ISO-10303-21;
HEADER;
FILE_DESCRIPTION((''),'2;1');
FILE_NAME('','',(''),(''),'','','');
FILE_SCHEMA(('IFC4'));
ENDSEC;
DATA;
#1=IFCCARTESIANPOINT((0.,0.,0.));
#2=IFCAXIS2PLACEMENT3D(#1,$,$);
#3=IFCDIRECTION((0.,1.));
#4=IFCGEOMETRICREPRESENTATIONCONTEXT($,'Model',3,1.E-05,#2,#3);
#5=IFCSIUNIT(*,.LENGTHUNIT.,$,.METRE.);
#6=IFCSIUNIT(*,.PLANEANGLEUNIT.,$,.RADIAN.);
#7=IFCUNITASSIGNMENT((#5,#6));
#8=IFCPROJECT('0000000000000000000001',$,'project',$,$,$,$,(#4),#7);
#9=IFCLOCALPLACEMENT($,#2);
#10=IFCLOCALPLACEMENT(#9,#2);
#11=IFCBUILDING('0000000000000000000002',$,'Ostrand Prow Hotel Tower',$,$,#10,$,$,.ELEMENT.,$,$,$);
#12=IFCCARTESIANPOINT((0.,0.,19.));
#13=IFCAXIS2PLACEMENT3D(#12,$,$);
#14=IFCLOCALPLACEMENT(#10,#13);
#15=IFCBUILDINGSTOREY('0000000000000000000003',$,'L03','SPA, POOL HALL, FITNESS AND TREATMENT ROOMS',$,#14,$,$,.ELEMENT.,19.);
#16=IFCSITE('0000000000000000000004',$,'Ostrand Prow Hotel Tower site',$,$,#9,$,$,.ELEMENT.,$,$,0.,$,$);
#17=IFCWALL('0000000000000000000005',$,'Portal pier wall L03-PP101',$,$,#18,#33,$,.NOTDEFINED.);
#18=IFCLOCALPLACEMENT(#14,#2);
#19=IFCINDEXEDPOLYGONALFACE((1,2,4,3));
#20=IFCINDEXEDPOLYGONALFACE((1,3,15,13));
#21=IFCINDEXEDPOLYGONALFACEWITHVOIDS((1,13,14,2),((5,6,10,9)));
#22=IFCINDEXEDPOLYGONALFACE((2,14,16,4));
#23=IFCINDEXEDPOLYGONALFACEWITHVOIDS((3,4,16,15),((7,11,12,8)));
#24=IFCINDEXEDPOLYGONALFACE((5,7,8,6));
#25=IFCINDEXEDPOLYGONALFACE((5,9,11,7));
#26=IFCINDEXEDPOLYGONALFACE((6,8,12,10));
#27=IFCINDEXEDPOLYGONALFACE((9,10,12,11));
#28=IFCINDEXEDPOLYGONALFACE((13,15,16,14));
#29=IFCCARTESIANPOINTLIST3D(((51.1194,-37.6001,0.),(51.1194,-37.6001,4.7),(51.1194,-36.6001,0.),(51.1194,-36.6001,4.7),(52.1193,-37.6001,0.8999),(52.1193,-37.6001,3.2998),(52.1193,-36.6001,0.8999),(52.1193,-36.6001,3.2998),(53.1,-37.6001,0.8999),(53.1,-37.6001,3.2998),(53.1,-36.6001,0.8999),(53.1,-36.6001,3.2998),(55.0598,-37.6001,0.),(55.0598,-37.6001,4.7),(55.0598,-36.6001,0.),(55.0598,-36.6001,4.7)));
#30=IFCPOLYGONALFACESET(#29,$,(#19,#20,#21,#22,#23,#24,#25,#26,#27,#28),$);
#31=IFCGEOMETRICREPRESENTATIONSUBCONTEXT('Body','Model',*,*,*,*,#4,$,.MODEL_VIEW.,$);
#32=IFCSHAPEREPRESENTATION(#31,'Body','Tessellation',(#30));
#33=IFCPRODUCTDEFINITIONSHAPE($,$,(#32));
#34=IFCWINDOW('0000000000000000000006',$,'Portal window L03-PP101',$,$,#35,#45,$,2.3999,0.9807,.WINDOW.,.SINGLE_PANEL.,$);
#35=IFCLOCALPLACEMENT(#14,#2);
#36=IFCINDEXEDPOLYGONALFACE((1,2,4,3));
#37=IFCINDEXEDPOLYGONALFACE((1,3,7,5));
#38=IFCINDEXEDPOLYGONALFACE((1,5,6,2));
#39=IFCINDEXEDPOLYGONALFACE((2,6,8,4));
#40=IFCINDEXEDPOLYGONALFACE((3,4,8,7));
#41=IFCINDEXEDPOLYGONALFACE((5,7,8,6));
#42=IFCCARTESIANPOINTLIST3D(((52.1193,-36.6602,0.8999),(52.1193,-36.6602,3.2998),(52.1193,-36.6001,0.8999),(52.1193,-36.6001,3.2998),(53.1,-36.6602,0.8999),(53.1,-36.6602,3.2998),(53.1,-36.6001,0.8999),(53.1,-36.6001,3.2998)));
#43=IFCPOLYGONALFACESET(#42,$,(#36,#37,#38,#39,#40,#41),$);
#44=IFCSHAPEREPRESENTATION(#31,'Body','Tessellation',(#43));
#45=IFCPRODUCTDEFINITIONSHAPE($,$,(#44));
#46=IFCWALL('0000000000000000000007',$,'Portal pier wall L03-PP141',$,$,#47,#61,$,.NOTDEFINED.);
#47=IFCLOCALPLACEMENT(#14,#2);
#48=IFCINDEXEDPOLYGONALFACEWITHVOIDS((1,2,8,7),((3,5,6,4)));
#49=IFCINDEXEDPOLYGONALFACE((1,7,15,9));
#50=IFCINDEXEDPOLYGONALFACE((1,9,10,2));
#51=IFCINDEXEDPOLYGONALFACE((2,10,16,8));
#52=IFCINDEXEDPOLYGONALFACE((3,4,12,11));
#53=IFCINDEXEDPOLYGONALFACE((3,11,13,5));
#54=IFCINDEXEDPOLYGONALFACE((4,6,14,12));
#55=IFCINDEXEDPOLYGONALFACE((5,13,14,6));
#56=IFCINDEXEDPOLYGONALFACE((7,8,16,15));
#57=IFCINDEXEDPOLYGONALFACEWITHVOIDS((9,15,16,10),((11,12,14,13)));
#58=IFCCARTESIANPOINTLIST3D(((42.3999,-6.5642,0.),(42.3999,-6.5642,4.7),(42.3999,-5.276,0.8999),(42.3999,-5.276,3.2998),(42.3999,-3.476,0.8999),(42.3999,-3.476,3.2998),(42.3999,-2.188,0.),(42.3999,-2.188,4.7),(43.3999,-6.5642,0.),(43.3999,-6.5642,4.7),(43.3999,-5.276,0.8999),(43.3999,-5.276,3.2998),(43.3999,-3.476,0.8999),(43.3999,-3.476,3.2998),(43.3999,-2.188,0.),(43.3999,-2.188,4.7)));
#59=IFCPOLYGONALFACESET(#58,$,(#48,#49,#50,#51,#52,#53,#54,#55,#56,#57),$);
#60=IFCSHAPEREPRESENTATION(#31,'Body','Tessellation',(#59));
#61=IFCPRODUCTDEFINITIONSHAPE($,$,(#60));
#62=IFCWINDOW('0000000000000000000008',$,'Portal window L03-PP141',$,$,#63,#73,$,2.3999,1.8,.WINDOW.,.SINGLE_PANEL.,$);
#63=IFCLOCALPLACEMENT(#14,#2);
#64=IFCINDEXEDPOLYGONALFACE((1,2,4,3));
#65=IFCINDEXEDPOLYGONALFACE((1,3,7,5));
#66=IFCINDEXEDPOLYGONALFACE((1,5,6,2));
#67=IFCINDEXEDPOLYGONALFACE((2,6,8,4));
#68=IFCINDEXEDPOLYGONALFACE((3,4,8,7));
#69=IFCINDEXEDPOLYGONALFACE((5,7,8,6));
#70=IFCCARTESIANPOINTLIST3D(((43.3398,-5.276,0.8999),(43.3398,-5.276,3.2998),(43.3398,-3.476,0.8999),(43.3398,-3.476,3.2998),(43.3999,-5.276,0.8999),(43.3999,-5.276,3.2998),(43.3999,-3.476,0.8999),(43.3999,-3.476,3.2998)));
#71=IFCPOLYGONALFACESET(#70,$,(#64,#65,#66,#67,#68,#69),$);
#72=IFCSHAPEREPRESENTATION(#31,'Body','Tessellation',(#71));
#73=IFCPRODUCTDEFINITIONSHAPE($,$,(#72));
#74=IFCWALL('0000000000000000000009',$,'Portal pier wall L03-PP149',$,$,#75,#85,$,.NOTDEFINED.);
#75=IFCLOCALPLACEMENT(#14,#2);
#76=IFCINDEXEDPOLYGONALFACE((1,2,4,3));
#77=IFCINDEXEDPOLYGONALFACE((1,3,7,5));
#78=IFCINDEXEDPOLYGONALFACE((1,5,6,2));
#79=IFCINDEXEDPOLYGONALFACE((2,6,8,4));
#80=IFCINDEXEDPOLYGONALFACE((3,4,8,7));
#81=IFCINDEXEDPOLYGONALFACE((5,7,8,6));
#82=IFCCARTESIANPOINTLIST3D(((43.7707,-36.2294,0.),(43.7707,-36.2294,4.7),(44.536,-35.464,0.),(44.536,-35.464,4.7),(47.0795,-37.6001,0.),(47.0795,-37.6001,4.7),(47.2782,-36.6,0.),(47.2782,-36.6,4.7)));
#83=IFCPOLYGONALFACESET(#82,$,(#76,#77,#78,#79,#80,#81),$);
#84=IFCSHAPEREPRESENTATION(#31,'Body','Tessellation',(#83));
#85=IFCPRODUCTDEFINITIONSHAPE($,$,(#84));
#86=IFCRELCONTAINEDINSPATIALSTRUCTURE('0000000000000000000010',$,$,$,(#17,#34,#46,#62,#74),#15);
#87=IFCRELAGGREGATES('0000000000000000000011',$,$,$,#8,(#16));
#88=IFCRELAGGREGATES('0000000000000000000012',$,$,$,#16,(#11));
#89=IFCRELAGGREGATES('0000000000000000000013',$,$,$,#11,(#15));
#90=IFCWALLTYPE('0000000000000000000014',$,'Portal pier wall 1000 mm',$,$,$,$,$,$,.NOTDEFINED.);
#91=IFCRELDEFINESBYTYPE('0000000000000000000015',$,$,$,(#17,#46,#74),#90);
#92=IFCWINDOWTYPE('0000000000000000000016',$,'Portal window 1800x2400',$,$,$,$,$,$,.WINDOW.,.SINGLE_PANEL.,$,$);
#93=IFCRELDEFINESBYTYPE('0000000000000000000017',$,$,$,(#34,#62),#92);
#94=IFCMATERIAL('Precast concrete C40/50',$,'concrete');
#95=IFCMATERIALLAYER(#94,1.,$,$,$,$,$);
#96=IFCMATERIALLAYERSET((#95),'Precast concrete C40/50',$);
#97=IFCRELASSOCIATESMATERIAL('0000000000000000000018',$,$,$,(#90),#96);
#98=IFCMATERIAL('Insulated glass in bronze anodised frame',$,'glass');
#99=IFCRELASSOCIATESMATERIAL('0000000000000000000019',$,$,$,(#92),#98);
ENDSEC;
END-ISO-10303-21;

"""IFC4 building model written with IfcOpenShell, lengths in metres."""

from ifc_helpers import new_model, si_unit, direction, frame, frame_2d, origin, place, context, subcontext, project, spatial, polyline, rectangle, outline, extrude, material, layer, layer_set, type_object, element, fill, save


model = new_model("IFC4")

# Units and contexts
model_context = context("Model", 3, precision=1e-05, world=origin(), true_north=direction((0.0, 1.0)))
body_context = subcontext(model_context, "Body", "Model", "MODEL_VIEW")
ifc_project = project(units=[si_unit("LENGTHUNIT", "METRE"), si_unit("PLANEANGLEUNIT", "RADIAN")], contexts=[model_context])

# Site, building, storey
site_placement = place(None, origin())
site = spatial("IfcSite", under=ifc_project, at=site_placement, Name="Ostrand Prow Hotel Tower site", CompositionType="ELEMENT", RefElevation=0.0)
building_placement = place(site_placement, origin())
building = spatial("IfcBuilding", under=site, at=building_placement, Name="Ostrand Prow Hotel Tower", CompositionType="ELEMENT")
storey_placement = place(building_placement, frame((0.0, 0.0, 19.0)))
storey = spatial("IfcBuildingStorey", under=building, at=storey_placement, Name="L03", Description="SPA, POOL HALL, FITNESS AND TREATMENT ROOMS", CompositionType="ELEMENT", Elevation=19.0)

# Walls, openings, windows
ifc_material_1 = material(Name="Precast concrete C40/50", Category="concrete")
ifc_layer_1 = layer(ifc_material_1, 1.0)
ifc_layer_set_1 = layer_set([ifc_layer_1], Name="Precast concrete C40/50")
wall_type_1 = type_object("IfcWallType", Name="Portal pier wall 1000 mm", PredefinedType="NOTDEFINED", material=ifc_layer_set_1)
ifc_material_2 = material(Name="Insulated glass in bronze anodised frame", Category="glass")
window_type = type_object("IfcWindowType", Name="Portal window 1800x2400", PartitioningType="SINGLE_PANEL", PredefinedType="WINDOW", material=ifc_material_2)
wall_1_placement = place(storey_placement, frame((51.1194, -37.1001, 0.0), z_axis=(0.0, 0.0, 1.0), x_axis=(1.0, 0.0, 0.0)))
wall_1 = element("IfcWall", 1, at=wall_1_placement, inside=storey, type_object=wall_type_1, Name="Portal pier wall L03-PP101", PredefinedType="NOTDEFINED", context=body_context, shape_type="SweptSolid", body=[
    extrude(outline(polyline([(0.0, -0.5), (3.9404, -0.5), (3.9404, 0.5), (0.0, 0.5), (0.0, -0.5)])), origin(), (0.0, 0.0, 1.0), 4.7),
])
opening_1_placement = place(wall_1_placement, frame((1.0, 0.0, 0.8999)))
opening_1 = element("IfcOpeningElement", 2, at=opening_1_placement, cuts=wall_1, PredefinedType="OPENING", context=body_context, shape_type="SweptSolid", body=[
    extrude(rectangle(XDim=0.9807, YDim=2.3999, at=frame_2d((0.4902, 1.2))), frame((0.0, 0.51, 0.0), z_axis=(0.0, -1.0, 0.0), x_axis=(1.0, 0.0, 0.0)), (0.0, 0.0, 1.0), 1.02),
])
window_1_placement = place(opening_1_placement, origin())
window_1 = element("IfcWindow", 3, at=window_1_placement, inside=storey, type_object=window_type, Name="Portal window L03-PP101", OverallHeight=2.3999, OverallWidth=0.9807, PartitioningType="SINGLE_PANEL", PredefinedType="WINDOW", context=body_context, shape_type="SweptSolid", body=[
    extrude(rectangle(XDim=0.9807, YDim=2.3999, at=frame_2d((0.4902, 1.2))), frame((0.0, 0.5, 0.0), z_axis=(0.0, -1.0, 0.0), x_axis=(1.0, 0.0, 0.0)), (0.0, 0.0, 1.0), 0.0601),
])
fill(opening_1, window_1)
wall_2_placement = place(storey_placement, frame((42.8999, -2.188, 0.0), z_axis=(0.0, 0.0, 1.0), x_axis=(0.0, -1.0, 0.0)))
wall_2 = element("IfcWall", 4, at=wall_2_placement, inside=storey, type_object=wall_type_1, Name="Portal pier wall L03-PP141", PredefinedType="NOTDEFINED", context=body_context, shape_type="SweptSolid", body=[
    extrude(outline(polyline([(0.0, -0.5), (4.3762, -0.5), (4.3762, 0.5), (0.0, 0.5), (0.0, -0.5)])), origin(), (0.0, 0.0, 1.0), 4.7),
])
opening_2_placement = place(wall_2_placement, frame((1.2881, 0.0, 0.8999)))
opening_2 = element("IfcOpeningElement", 5, at=opening_2_placement, cuts=wall_2, PredefinedType="OPENING", context=body_context, shape_type="SweptSolid", body=[
    extrude(rectangle(XDim=1.8, YDim=2.3999, at=frame_2d((0.8999, 1.2))), frame((0.0, 0.51, 0.0), z_axis=(0.0, -1.0, 0.0), x_axis=(1.0, 0.0, 0.0)), (0.0, 0.0, 1.0), 1.02),
])
window_2_placement = place(opening_2_placement, origin())
window_2 = element("IfcWindow", 6, at=window_2_placement, inside=storey, type_object=window_type, Name="Portal window L03-PP141", OverallHeight=2.3999, OverallWidth=1.8, PartitioningType="SINGLE_PANEL", PredefinedType="WINDOW", context=body_context, shape_type="SweptSolid", body=[
    extrude(rectangle(XDim=1.8, YDim=2.3999, at=frame_2d((0.8999, 1.2))), frame((0.0, 0.5, 0.0), z_axis=(0.0, -1.0, 0.0), x_axis=(1.0, 0.0, 0.0)), (0.0, 0.0, 1.0), 0.0601),
])
fill(opening_2, window_2)

# Wall
wall_3_placement = place(storey_placement, frame((44.1533, -35.8467, 0.0), z_axis=(0.0, 0.0, 1.0), x_axis=(0.923862, -0.382725, 0.0)))
element("IfcWall", 7, at=wall_3_placement, inside=storey, type_object=wall_type_1, Name="Portal pier wall L03-PP149", PredefinedType="NOTDEFINED", context=body_context, shape_type="SweptSolid", body=[
    extrude(outline(polyline([(-0.207, -0.5), (3.3745, -0.5), (3.1753, 0.5), (0.207, 0.5), (-0.207, -0.5)])), origin(), (0.0, 0.0, 1.0), 4.7),
])

save(model, "model.ifc")
